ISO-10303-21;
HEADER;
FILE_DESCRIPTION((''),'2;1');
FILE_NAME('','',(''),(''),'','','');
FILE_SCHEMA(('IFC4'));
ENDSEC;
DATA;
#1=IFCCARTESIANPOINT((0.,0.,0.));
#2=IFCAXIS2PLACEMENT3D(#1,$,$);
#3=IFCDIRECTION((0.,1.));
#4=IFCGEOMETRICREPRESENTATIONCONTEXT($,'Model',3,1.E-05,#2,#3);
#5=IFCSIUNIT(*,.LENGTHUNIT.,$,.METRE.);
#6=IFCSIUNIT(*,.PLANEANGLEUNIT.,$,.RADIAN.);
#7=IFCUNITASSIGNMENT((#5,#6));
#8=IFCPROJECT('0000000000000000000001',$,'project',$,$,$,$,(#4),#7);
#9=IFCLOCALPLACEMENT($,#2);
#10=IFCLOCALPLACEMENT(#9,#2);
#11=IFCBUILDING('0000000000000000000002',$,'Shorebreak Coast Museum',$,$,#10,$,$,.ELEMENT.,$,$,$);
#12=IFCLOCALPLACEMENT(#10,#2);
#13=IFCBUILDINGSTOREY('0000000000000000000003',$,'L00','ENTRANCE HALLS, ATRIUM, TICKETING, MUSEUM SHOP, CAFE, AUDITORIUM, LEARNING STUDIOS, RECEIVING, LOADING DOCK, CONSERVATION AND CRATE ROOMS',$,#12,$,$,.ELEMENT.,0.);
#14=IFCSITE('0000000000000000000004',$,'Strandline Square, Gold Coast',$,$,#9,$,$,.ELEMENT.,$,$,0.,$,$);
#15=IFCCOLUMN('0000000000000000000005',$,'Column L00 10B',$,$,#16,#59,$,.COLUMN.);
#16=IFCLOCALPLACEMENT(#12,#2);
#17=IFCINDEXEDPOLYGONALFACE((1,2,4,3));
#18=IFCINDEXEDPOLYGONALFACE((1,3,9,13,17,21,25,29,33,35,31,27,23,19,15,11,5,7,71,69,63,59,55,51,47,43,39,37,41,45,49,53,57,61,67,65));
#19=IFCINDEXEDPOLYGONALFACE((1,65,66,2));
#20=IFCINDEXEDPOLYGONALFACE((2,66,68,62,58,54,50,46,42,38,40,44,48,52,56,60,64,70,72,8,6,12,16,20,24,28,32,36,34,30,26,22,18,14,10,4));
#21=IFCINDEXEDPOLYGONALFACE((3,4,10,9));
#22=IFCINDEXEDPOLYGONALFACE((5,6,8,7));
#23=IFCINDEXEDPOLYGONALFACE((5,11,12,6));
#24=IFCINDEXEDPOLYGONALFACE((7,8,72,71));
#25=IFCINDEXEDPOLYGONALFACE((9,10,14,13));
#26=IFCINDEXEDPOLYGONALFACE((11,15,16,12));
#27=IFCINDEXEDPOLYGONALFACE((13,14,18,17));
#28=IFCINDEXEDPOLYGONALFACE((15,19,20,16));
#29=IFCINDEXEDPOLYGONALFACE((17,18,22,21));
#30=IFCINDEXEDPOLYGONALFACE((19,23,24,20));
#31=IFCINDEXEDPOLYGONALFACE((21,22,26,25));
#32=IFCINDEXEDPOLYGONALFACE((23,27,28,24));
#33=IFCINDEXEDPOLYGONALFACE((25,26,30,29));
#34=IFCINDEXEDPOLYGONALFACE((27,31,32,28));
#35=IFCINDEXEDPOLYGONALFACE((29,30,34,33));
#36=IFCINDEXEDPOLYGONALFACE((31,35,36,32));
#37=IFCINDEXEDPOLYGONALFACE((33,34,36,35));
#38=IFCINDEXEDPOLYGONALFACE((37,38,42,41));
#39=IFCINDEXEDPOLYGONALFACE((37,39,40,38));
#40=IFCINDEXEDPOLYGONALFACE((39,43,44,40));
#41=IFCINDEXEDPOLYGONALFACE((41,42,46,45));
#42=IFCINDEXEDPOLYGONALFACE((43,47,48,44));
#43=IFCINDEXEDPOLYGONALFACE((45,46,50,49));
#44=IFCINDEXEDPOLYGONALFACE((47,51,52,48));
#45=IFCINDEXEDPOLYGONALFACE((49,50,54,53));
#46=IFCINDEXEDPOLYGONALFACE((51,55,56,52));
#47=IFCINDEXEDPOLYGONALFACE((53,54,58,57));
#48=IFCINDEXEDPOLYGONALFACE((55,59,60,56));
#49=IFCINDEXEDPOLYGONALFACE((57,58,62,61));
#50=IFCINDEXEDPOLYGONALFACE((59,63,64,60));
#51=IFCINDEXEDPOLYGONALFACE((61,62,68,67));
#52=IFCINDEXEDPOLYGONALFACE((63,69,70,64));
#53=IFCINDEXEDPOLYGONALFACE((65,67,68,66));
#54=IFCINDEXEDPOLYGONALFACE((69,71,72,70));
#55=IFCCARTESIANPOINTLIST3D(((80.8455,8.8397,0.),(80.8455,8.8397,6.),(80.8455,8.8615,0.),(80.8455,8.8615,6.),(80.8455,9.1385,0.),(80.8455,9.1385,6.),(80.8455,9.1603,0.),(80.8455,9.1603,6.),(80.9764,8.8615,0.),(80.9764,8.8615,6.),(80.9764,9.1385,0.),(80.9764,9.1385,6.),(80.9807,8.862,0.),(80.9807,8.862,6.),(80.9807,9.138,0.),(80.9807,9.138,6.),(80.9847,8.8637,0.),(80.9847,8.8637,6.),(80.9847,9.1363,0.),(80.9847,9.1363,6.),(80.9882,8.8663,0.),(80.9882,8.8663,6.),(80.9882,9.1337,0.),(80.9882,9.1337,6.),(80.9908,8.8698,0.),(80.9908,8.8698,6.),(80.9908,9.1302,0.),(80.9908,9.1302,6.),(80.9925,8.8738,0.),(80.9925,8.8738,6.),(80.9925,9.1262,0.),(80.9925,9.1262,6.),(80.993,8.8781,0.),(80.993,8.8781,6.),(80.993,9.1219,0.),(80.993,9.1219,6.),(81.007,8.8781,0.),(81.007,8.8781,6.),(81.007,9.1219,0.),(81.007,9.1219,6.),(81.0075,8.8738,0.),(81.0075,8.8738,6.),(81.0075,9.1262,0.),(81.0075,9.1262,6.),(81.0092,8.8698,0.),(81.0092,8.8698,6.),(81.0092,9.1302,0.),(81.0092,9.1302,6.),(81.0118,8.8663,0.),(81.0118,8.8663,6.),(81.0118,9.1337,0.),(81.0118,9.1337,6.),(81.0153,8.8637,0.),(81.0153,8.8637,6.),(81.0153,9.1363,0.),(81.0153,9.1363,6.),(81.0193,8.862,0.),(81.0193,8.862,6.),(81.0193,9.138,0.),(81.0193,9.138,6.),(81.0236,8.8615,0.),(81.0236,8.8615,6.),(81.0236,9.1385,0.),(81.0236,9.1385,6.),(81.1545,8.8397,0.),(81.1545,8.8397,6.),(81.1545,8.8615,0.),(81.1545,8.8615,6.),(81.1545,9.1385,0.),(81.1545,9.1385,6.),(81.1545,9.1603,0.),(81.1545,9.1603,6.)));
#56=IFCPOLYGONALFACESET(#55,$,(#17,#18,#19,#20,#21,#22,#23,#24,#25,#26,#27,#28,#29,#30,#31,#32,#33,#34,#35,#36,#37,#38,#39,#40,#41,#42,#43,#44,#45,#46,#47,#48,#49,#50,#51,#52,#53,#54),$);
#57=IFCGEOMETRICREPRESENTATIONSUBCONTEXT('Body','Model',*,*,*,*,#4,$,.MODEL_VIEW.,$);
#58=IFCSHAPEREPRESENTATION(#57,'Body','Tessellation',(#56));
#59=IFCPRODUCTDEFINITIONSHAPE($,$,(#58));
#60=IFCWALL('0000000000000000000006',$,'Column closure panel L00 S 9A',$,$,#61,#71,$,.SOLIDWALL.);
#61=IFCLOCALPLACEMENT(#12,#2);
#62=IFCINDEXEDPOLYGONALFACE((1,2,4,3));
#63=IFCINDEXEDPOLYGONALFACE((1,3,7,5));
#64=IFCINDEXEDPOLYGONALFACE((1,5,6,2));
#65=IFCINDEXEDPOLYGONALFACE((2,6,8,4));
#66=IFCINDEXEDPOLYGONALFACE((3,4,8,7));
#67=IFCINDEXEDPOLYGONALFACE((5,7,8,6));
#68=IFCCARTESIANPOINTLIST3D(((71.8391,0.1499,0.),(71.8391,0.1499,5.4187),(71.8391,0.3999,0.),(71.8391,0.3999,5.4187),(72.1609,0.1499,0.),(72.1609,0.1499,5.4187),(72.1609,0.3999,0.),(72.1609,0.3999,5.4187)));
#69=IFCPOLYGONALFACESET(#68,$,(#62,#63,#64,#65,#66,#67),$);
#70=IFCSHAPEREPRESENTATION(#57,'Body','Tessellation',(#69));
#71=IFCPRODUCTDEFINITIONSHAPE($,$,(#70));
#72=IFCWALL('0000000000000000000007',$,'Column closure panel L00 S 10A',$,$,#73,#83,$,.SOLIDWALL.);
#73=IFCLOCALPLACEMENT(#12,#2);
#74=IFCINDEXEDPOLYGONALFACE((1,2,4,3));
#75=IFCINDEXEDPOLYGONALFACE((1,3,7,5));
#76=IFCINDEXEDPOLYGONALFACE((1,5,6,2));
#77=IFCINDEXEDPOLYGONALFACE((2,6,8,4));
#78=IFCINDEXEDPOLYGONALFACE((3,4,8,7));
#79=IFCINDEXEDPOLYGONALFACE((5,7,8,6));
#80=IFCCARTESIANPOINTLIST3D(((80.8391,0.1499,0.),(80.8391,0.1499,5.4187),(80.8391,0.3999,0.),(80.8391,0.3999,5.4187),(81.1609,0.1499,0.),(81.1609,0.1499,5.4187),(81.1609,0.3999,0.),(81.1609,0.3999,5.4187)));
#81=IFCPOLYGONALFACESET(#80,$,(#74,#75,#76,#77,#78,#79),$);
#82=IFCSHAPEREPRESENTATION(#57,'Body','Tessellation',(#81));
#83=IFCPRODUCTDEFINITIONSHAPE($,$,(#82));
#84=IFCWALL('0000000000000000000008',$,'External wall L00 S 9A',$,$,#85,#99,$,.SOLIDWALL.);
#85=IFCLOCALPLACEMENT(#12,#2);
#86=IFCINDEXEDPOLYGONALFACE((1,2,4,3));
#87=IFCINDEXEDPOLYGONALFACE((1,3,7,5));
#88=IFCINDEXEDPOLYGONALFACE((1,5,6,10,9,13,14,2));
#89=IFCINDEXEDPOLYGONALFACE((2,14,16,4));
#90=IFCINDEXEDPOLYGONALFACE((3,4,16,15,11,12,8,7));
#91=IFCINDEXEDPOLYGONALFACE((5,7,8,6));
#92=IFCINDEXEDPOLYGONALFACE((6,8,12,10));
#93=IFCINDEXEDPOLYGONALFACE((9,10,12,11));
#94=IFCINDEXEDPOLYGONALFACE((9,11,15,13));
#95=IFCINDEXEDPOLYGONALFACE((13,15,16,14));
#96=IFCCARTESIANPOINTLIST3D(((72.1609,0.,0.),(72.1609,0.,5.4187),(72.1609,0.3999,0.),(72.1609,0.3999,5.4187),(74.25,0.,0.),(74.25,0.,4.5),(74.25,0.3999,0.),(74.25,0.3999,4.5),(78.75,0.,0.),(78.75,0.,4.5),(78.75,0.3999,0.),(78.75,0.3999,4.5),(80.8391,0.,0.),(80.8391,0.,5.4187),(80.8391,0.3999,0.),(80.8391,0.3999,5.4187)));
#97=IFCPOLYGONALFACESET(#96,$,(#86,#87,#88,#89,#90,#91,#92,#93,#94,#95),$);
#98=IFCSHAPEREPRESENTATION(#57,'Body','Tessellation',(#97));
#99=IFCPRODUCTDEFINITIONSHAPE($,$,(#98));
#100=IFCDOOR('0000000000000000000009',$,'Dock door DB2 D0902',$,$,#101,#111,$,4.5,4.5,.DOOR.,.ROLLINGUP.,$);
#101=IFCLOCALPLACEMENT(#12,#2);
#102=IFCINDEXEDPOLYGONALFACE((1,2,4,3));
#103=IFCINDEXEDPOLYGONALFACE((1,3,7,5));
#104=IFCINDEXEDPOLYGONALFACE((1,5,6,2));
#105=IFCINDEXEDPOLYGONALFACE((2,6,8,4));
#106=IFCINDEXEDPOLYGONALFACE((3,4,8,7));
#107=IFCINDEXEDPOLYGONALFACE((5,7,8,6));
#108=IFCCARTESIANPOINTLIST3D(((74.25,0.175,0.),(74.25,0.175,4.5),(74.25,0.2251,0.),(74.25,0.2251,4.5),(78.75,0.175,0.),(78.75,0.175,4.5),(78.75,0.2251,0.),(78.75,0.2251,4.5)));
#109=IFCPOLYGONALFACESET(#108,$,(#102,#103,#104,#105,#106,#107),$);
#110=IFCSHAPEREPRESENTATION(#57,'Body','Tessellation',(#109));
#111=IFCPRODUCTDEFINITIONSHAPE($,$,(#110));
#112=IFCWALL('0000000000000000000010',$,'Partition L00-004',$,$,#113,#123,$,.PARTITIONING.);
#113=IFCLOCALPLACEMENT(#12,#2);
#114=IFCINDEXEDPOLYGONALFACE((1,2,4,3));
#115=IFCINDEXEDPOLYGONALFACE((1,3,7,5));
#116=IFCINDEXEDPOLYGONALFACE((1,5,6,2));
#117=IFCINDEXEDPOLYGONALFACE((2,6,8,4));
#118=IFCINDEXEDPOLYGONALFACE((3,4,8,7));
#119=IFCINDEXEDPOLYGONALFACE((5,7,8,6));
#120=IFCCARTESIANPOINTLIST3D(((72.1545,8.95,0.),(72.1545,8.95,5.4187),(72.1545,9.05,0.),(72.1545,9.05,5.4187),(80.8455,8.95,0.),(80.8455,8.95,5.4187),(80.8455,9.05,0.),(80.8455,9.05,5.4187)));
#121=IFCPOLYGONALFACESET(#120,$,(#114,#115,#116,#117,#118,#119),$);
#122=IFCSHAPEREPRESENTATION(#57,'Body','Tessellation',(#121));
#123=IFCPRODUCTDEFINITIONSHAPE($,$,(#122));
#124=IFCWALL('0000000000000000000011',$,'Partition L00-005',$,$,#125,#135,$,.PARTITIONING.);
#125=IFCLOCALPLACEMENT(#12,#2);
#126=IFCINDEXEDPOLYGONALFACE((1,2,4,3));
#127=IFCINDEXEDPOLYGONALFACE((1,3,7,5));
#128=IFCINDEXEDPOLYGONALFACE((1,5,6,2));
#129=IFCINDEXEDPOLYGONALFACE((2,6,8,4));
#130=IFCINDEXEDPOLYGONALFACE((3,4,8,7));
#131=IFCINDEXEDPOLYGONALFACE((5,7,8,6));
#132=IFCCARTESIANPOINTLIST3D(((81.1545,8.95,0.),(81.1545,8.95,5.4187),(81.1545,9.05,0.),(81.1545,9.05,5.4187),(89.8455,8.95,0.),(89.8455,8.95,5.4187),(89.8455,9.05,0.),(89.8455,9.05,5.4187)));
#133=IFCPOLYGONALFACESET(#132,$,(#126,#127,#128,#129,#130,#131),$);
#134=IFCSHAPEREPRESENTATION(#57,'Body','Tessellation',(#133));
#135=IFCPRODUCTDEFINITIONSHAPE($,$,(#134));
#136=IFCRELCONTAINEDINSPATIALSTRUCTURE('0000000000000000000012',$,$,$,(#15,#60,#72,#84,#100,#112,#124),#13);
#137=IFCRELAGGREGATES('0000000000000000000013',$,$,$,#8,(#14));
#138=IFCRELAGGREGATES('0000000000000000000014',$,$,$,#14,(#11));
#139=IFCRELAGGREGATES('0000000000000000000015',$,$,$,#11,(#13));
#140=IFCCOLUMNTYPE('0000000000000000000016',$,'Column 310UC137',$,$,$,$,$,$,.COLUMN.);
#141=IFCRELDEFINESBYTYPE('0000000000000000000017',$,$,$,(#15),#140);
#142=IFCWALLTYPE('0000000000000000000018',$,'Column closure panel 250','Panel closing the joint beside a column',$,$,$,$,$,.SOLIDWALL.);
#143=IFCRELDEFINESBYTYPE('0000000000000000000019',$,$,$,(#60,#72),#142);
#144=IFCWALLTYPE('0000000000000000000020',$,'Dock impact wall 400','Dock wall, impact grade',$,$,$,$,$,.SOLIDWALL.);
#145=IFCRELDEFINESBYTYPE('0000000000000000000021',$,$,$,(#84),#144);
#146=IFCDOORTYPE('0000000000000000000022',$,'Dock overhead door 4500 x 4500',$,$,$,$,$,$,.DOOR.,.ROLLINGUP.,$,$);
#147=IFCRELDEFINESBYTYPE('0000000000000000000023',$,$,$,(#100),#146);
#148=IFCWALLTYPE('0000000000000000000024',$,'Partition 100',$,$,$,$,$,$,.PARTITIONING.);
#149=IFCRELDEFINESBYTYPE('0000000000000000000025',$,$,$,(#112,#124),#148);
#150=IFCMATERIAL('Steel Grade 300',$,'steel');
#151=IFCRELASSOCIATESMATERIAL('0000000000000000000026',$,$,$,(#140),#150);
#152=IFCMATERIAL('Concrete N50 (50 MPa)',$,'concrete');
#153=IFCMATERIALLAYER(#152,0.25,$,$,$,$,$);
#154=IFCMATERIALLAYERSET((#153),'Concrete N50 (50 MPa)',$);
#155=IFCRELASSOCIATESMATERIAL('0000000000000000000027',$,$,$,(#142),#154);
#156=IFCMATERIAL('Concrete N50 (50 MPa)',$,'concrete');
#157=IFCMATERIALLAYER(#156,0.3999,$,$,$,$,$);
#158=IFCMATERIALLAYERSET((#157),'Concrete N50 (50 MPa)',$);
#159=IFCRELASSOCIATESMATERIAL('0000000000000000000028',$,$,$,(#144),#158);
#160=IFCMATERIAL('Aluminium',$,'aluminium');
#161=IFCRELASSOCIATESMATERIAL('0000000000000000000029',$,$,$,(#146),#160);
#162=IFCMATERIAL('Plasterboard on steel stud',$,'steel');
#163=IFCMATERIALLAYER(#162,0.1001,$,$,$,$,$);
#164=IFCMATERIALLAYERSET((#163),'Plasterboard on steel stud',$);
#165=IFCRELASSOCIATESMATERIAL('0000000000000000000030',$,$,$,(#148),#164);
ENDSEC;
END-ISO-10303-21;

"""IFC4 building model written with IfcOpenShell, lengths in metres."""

from ifc_helpers import new_model, si_unit, direction, frame, frame_2d, origin, origin_2d, place, context, subcontext, project, spatial, rectangle, i_section, extrude, material, layer, layer_set, material_profile, profile_set, type_object, element, fill, save


model = new_model("IFC4")

# Units and contexts
model_context = context("Model", 3, precision=1e-05, world=origin(), true_north=direction((0.0, 1.0)))
body_context = subcontext(model_context, "Body", "Model", "MODEL_VIEW")
ifc_project = project(units=[si_unit("LENGTHUNIT", "METRE"), si_unit("PLANEANGLEUNIT", "RADIAN")], contexts=[model_context])

# Site, building, storey
site_placement = place(None, origin())
site = spatial("IfcSite", under=ifc_project, at=site_placement, Name="Strandline Square, Gold Coast", CompositionType="ELEMENT", RefElevation=0.0)
building_placement = place(site_placement, origin())
building = spatial("IfcBuilding", under=site, at=building_placement, Name="Shorebreak Coast Museum", CompositionType="ELEMENT")
storey_placement = place(building_placement, origin())
storey = spatial("IfcBuildingStorey", under=building, at=storey_placement, Name="L00", Description="ENTRANCE HALLS, ATRIUM, TICKETING, MUSEUM SHOP, CAFE, AUDITORIUM, LEARNING STUDIOS, RECEIVING, LOADING DOCK, CONSERVATION AND CRATE ROOMS", CompositionType="ELEMENT", Elevation=0.0)

# Column
ifc_material_1 = material(Name="Steel Grade 300", Category="steel")
ifc_material_profile_1 = material_profile(ifc_material_1, i_section(OverallWidth=0.3091, OverallDepth=0.3206, WebThickness=0.0139, FlangeThickness=0.0217, FilletRadius=0.0166, at=origin_2d()), Name="310UC137")
ifc_profile_set_1 = profile_set([ifc_material_profile_1], Name="Steel Grade 300")
column_type_1 = type_object("IfcColumnType", Name="Column 310UC137", PredefinedType="COLUMN", material=ifc_profile_set_1)
for number, where, z_axis, x_axis, name in (
    (1, (81.0, 9.0, 0.0), (0.0, 0.0, 1.0), (1.0, 0.0, 0.0), "Column L00 10B"),
):
    element("IfcColumn", number, at=place(storey_placement, frame(where, z_axis=z_axis, x_axis=x_axis)), inside=storey, type_object=column_type_1, Name=name, PredefinedType="COLUMN", context=body_context, shape_type="SweptSolid", body=[
        extrude(i_section(OverallWidth=0.3091, OverallDepth=0.3206, WebThickness=0.0139, FlangeThickness=0.0217, FilletRadius=0.0166, at=origin_2d()), origin(), (0.0, 0.0, 1.0), 6.0),
    ])

# Walls
ifc_material_2 = material(Name="Concrete N50 (50 MPa)", Category="concrete")
ifc_layer_1 = layer(ifc_material_2, 0.25)
ifc_layer_set_1 = layer_set([ifc_layer_1], Name="Concrete N50 (50 MPa)")
wall_type_1 = type_object("IfcWallType", Name="Column closure panel 250", Description="Panel closing the joint beside a column", PredefinedType="SOLIDWALL", material=ifc_layer_set_1)
for number, where, z_axis, x_axis, name in (
    (2, (71.8391, 0.2749, 0.0), (0.0, 0.0, 1.0), (1.0, 0.0, 0.0), "Column closure panel L00 S 9A"),
    (3, (80.8391, 0.2749, 0.0), (0.0, 0.0, 1.0), (1.0, 0.0, 0.0), "Column closure panel L00 S 10A"),
):
    element("IfcWall", number, at=place(storey_placement, frame(where, z_axis=z_axis, x_axis=x_axis)), inside=storey, type_object=wall_type_1, Name=name, PredefinedType="SOLIDWALL", context=body_context, shape_type="SweptSolid", body=[
        extrude(rectangle(XDim=0.3218, YDim=0.25, at=frame_2d((0.1609, 0.0))), origin(), (0.0, 0.0, 1.0), 5.4187),
    ])

# Wall, opening, door
ifc_material_3 = material(Name="Concrete N50 (50 MPa)", Category="concrete")
ifc_layer_2 = layer(ifc_material_3, 0.3999)
ifc_layer_set_2 = layer_set([ifc_layer_2], Name="Concrete N50 (50 MPa)")
wall_type_2 = type_object("IfcWallType", Name="Dock impact wall 400", Description="Dock wall, impact grade", PredefinedType="SOLIDWALL", material=ifc_layer_set_2)
wall_placement = place(storey_placement, frame((72.1609, 0.2, 0.0), z_axis=(0.0, 0.0, 1.0), x_axis=(1.0, 0.0, 0.0)))
wall = element("IfcWall", 4, at=wall_placement, inside=storey, type_object=wall_type_2, Name="External wall L00 S 9A", PredefinedType="SOLIDWALL", context=body_context, shape_type="SweptSolid", body=[
    extrude(rectangle(XDim=8.6782, YDim=0.3999, at=frame_2d((4.3391, 0.0))), origin(), (0.0, 0.0, 1.0), 5.4187),
])
opening_placement = place(wall_placement, frame((2.0891, 0.0, 0.0)))
opening = element("IfcOpeningElement", 5, at=opening_placement, cuts=wall, PredefinedType="OPENING", context=body_context, shape_type="SweptSolid", body=[
    extrude(rectangle(XDim=4.5, YDim=4.5, at=frame_2d((2.25, 2.25))), frame((0.0, 0.21, 0.0), z_axis=(0.0, -1.0, 0.0), x_axis=(1.0, 0.0, 0.0)), (0.0, 0.0, 1.0), 0.4199),
])
ifc_material_4 = material(Name="Aluminium", Category="aluminium")
door_type = type_object("IfcDoorType", Name="Dock overhead door 4500 x 4500", OperationType="ROLLINGUP", PredefinedType="DOOR", material=ifc_material_4)
door_placement = place(opening_placement, frame((4.5, 0.0, 0.0), z_axis=(0.0, 0.0, 1.0), x_axis=(-1.0, 0.0, 0.0)))
door = element("IfcDoor", 6, at=door_placement, inside=storey, type_object=door_type, Name="Dock door DB2 D0902", OperationType="ROLLINGUP", OverallHeight=4.5, OverallWidth=4.5, PredefinedType="DOOR", context=body_context, shape_type="SweptSolid", body=[
    extrude(rectangle(XDim=4.5, YDim=4.5, at=frame_2d((2.25, 2.25))), frame((0.0, 0.0249, 0.0), z_axis=(0.0, -1.0, 0.0), x_axis=(1.0, 0.0, 0.0)), (0.0, 0.0, 1.0), 0.05),
])
fill(opening, door)

# Walls
ifc_material_5 = material(Name="Plasterboard on steel stud", Category="steel")
ifc_layer_3 = layer(ifc_material_5, 0.1001)
ifc_layer_set_3 = layer_set([ifc_layer_3], Name="Plasterboard on steel stud")
wall_type_3 = type_object("IfcWallType", Name="Partition 100", PredefinedType="PARTITIONING", material=ifc_layer_set_3)
for number, where, z_axis, x_axis, name in (
    (7, (72.1545, 9.0, 0.0), (0.0, 0.0, 1.0), (1.0, 0.0, 0.0), "Partition L00-004"),
    (8, (81.1545, 9.0, 0.0), (0.0, 0.0, 1.0), (1.0, 0.0, 0.0), "Partition L00-005"),
):
    element("IfcWall", number, at=place(storey_placement, frame(where, z_axis=z_axis, x_axis=x_axis)), inside=storey, type_object=wall_type_3, Name=name, PredefinedType="PARTITIONING", context=body_context, shape_type="SweptSolid", body=[
        extrude(rectangle(XDim=8.6909, YDim=0.1001, at=frame_2d((4.3455, 0.0))), origin(), (0.0, 0.0, 1.0), 5.4187),
    ])

save(model, "model.ifc")
